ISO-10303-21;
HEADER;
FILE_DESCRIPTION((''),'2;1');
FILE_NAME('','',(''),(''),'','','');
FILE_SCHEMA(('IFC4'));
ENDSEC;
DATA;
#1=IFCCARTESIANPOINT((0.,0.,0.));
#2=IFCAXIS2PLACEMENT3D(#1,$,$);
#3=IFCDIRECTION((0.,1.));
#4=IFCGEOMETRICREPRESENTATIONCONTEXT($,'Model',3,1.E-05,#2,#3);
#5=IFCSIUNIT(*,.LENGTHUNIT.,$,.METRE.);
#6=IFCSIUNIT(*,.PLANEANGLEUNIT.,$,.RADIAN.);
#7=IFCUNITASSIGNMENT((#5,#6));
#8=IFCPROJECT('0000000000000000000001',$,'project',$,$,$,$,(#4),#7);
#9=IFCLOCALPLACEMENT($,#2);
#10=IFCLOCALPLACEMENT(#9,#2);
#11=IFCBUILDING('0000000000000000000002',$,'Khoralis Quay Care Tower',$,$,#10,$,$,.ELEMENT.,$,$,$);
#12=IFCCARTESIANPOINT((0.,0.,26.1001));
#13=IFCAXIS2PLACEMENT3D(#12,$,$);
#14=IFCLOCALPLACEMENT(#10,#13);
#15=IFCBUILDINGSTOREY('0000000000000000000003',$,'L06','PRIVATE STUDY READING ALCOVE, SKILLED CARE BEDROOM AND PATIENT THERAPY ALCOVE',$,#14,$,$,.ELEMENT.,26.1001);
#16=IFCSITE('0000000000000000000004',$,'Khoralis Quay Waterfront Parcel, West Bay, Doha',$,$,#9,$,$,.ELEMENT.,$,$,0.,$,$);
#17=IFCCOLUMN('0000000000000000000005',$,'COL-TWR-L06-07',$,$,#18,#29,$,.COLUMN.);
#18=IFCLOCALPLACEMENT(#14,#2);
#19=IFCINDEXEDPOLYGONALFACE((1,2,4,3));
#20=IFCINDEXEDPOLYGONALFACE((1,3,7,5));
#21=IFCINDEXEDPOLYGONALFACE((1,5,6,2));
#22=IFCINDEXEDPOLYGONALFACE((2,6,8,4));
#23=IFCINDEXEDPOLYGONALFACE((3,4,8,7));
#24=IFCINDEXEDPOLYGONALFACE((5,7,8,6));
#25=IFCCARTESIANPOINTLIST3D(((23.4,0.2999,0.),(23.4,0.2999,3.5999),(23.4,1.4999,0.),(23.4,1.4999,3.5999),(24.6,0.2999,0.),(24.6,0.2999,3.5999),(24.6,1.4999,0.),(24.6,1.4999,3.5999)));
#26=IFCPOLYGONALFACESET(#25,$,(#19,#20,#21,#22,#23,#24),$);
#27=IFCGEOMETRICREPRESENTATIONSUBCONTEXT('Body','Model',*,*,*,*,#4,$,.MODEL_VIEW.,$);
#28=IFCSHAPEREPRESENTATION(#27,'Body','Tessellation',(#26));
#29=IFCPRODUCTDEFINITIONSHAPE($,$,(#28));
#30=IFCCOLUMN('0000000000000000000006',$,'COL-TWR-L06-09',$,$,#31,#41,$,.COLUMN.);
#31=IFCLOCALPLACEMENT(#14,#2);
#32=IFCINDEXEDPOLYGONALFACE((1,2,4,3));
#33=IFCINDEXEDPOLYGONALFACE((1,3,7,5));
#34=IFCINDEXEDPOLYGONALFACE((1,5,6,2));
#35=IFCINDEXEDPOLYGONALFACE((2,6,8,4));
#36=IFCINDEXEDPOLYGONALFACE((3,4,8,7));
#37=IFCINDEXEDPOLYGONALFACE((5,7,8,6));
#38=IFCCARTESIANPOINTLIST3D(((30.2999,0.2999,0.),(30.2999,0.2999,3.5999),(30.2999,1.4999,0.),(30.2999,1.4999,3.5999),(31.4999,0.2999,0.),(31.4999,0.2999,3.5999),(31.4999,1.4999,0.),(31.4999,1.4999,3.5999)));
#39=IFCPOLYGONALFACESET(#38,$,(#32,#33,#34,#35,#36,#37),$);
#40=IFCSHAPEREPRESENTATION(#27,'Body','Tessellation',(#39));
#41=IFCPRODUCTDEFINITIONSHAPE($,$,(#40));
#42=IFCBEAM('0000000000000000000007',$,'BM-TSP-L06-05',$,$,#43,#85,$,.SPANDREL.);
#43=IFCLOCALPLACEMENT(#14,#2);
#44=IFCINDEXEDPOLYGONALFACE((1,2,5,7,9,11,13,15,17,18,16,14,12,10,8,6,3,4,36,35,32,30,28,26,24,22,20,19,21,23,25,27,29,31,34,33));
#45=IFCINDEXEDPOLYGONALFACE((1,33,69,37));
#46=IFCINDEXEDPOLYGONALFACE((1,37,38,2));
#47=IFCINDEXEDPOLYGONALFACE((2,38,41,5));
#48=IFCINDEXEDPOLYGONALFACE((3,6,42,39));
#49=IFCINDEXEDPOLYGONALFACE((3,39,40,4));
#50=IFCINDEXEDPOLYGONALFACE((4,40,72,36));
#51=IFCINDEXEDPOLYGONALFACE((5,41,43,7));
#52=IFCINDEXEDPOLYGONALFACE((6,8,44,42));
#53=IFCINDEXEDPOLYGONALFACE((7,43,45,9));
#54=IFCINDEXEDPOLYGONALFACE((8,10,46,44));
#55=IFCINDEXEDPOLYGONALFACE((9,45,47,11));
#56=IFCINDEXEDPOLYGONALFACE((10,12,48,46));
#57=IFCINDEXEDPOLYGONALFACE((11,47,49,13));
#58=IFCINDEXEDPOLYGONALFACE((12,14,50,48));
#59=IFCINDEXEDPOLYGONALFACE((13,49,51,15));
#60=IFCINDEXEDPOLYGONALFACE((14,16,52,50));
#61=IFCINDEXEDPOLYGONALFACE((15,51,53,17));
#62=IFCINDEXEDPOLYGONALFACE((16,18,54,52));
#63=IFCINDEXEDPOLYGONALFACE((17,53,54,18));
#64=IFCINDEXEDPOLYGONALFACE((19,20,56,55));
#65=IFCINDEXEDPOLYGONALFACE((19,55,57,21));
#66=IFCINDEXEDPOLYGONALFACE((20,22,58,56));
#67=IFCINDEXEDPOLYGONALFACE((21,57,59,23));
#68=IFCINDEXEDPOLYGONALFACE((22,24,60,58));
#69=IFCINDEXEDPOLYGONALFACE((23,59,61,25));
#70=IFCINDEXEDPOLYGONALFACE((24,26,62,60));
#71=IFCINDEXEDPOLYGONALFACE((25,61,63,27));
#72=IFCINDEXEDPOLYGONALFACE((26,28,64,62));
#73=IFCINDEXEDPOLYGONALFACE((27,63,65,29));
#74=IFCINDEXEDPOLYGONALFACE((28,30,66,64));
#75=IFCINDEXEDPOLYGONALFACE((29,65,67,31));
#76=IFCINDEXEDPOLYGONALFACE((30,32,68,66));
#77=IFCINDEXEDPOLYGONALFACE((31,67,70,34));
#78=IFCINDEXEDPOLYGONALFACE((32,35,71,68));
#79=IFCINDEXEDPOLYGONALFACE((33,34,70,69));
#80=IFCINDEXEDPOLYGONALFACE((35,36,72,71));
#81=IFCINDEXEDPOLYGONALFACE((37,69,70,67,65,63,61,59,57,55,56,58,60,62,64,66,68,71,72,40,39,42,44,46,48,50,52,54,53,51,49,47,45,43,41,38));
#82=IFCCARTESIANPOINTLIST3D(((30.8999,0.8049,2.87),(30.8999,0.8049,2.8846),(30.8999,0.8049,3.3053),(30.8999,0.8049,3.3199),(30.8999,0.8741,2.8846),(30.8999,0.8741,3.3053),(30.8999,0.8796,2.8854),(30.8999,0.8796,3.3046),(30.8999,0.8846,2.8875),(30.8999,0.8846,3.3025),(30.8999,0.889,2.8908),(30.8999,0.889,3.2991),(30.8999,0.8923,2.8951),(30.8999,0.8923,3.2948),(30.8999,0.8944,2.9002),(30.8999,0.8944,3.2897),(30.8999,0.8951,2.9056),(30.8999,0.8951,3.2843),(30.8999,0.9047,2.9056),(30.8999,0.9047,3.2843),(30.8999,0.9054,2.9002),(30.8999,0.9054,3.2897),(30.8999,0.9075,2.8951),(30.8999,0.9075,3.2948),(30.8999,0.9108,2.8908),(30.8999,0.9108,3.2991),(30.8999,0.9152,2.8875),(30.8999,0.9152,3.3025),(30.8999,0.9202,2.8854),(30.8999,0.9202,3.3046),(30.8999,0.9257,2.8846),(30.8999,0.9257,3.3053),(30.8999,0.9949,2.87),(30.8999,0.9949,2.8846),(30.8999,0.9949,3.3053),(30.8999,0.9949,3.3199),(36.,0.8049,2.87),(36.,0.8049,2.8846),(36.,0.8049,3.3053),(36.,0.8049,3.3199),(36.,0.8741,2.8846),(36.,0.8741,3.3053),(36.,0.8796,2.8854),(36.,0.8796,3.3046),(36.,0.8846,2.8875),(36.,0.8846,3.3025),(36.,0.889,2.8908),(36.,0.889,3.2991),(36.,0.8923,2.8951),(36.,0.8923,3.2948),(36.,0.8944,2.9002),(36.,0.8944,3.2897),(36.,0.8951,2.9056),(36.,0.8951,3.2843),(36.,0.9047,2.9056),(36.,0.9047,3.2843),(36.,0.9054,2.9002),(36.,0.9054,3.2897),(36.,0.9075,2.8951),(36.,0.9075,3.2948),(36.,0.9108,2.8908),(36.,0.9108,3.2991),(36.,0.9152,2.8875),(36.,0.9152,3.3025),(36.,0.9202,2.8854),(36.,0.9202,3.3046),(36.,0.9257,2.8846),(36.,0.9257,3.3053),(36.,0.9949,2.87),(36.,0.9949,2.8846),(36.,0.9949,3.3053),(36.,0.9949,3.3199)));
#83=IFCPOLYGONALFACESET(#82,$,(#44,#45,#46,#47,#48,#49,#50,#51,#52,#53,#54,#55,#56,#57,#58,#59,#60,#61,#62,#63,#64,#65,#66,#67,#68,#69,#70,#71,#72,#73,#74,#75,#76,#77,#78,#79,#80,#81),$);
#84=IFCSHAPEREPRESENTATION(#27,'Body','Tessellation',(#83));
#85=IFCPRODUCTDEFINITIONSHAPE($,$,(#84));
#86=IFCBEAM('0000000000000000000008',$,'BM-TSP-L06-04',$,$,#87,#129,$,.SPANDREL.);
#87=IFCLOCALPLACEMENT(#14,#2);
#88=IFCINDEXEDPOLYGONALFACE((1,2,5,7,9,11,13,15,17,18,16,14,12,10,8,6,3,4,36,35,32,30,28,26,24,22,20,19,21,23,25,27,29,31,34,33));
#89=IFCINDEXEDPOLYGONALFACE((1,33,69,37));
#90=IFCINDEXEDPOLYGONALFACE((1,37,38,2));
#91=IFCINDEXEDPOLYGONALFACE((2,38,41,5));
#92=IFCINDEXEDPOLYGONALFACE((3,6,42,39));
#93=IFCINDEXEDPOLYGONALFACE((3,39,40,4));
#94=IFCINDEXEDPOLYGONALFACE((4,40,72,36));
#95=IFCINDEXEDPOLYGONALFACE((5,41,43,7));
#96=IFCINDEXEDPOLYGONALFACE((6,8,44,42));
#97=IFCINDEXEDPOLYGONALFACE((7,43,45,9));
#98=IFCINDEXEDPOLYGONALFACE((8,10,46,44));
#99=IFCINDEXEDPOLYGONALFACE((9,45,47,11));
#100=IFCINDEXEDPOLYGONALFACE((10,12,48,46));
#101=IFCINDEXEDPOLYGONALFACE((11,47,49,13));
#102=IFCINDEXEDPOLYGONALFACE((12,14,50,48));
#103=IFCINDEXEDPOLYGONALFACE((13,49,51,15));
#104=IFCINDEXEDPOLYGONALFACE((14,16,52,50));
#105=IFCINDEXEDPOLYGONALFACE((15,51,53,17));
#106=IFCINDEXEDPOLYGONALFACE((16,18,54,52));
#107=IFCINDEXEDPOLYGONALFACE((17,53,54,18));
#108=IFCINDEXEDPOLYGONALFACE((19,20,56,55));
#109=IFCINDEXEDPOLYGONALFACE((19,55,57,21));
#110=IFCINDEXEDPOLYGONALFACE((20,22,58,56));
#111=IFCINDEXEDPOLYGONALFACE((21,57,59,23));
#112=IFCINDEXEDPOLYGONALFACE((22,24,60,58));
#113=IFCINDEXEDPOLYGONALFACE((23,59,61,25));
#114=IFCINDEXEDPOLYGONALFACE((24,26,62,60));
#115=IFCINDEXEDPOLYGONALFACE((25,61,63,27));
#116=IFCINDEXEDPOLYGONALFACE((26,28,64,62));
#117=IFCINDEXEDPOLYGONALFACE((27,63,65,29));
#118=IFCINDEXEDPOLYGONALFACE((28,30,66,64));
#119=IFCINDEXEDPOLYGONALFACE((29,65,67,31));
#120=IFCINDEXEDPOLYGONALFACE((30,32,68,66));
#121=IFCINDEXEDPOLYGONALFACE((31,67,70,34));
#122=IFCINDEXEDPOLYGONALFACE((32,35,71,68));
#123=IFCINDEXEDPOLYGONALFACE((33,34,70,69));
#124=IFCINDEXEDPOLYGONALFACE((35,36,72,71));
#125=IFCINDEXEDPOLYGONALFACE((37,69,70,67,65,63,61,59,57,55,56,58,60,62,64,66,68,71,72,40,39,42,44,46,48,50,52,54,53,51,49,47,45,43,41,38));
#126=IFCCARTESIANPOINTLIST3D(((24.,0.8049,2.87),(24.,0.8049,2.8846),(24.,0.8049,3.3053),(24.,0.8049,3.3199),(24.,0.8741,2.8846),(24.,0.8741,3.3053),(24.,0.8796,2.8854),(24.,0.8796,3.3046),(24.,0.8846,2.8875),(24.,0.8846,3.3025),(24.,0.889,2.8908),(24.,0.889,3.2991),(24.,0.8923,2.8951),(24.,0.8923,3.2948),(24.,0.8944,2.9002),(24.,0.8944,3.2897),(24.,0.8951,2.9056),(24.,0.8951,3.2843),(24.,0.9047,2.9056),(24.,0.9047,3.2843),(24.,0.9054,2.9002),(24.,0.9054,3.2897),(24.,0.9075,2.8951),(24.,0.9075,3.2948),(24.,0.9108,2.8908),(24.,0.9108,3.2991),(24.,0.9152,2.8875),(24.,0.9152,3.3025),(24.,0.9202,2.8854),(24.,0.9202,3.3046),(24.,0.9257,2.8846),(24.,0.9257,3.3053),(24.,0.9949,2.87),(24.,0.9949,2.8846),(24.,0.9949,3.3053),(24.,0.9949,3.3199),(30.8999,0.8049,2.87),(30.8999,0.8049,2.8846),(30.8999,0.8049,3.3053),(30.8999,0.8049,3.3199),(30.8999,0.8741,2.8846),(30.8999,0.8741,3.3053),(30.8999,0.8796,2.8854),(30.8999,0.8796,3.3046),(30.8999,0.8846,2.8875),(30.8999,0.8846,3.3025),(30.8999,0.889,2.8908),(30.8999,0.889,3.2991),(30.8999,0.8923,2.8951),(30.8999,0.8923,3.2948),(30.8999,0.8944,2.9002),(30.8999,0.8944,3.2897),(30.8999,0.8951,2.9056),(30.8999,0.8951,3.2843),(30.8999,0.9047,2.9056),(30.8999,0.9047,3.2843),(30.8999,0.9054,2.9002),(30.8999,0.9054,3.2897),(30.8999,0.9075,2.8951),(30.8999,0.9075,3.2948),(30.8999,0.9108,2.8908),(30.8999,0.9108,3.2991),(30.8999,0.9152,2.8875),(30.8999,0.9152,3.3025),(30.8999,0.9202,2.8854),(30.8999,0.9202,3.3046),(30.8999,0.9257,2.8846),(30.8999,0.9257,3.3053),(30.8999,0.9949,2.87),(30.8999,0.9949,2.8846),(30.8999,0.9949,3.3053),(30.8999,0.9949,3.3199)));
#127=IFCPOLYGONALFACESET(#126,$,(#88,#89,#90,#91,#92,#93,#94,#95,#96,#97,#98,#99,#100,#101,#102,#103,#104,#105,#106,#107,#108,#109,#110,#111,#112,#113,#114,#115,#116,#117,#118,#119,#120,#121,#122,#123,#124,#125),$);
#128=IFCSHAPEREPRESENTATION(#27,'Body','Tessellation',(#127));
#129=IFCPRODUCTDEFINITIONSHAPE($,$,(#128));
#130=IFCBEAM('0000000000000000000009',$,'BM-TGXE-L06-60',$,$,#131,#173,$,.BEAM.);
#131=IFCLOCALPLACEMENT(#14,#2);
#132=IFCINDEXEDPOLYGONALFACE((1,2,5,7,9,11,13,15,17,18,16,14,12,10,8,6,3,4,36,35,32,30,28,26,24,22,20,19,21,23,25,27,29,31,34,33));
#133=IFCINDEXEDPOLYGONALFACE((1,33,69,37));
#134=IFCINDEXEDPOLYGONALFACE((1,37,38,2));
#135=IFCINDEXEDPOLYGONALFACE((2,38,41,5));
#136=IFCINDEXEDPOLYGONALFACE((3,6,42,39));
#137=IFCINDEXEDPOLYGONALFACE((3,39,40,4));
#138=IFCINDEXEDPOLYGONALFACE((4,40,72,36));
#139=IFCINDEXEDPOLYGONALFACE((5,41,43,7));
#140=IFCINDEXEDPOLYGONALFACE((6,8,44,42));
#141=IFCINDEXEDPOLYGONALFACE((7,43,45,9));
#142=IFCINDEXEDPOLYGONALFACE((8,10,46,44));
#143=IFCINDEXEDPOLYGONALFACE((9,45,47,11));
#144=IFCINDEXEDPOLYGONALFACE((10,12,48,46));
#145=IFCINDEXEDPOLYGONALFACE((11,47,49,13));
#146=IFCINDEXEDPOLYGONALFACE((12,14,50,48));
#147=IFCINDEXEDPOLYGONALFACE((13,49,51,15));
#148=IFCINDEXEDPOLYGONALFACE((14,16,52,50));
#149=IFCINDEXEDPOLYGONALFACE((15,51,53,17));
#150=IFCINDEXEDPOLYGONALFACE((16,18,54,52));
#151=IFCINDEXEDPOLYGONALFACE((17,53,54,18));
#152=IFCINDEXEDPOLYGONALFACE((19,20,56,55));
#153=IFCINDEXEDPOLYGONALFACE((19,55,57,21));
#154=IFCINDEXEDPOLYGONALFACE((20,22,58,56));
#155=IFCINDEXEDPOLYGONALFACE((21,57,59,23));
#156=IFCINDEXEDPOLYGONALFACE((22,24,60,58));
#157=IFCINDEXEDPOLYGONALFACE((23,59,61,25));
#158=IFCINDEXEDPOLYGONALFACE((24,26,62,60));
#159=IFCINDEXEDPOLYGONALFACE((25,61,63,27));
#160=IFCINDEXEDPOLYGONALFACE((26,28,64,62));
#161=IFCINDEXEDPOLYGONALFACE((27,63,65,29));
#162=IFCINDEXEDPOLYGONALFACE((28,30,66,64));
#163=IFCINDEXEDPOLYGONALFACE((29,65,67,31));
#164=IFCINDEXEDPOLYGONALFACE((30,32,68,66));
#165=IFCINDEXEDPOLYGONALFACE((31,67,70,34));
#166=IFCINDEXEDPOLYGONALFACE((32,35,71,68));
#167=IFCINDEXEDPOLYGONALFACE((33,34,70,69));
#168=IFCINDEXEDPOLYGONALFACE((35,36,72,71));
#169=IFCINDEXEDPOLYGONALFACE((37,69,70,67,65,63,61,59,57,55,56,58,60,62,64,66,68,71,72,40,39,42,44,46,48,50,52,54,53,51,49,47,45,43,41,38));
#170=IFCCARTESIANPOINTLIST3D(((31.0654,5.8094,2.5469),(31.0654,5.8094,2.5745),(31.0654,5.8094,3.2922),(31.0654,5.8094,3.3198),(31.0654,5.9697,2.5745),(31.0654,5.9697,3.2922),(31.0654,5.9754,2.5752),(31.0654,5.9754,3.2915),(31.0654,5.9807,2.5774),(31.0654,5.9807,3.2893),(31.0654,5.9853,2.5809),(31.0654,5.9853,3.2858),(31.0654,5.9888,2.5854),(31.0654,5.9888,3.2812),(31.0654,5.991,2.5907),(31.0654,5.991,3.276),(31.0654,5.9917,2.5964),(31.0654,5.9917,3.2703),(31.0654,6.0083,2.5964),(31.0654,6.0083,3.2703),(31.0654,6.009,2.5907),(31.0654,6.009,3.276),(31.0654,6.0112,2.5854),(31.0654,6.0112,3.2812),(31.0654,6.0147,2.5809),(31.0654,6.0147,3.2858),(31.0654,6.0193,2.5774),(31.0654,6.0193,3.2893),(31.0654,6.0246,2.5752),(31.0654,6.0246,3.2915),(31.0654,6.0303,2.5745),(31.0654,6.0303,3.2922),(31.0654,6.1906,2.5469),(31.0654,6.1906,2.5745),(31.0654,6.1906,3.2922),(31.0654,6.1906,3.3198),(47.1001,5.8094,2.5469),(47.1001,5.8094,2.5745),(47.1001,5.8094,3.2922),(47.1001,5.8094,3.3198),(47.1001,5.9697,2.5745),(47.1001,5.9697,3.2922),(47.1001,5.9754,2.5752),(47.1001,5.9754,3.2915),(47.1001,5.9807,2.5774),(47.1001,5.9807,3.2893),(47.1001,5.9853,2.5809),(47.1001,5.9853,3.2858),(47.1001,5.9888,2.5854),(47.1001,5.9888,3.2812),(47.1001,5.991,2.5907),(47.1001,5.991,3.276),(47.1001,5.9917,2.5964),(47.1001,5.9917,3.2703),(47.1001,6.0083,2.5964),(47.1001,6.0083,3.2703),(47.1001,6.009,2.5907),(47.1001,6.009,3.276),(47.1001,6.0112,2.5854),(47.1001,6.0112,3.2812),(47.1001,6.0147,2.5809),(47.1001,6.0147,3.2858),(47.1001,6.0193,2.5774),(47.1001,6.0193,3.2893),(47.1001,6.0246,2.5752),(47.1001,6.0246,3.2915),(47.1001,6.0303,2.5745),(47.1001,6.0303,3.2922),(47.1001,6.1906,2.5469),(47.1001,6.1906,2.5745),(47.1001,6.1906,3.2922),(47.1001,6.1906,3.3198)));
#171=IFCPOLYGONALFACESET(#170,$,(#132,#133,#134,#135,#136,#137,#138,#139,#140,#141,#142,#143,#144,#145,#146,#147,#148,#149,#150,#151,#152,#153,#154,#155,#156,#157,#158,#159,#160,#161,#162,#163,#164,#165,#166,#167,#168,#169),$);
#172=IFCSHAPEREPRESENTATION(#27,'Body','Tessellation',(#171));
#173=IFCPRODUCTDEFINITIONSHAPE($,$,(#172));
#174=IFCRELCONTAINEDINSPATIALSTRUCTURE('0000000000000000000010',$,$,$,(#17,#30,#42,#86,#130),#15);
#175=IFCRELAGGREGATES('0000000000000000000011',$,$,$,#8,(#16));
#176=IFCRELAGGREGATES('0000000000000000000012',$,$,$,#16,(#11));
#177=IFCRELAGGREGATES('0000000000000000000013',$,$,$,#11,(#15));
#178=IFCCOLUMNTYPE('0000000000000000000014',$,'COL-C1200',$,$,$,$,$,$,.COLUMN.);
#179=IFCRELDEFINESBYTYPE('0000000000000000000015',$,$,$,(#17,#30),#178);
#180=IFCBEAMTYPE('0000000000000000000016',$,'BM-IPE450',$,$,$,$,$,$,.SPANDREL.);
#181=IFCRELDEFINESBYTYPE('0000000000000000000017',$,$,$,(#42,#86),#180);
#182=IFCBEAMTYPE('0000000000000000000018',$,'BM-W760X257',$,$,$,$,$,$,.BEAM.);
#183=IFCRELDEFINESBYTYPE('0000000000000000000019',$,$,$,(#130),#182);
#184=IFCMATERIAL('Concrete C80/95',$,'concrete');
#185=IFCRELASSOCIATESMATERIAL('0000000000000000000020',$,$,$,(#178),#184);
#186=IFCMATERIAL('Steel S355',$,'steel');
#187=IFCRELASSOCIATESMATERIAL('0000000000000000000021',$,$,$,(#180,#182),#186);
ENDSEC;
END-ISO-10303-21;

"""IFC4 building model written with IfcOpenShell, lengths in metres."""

from ifc_helpers import new_model, si_unit, direction, frame, origin, origin_2d, place, context, subcontext, project, spatial, rectangle, i_section, extrude, source, transform, mapped, material, material_profile, profile_set, type_object, element, save


model = new_model("IFC4")

# Units and contexts
model_context = context("Model", 3, precision=1e-05, world=origin(), true_north=direction((0.0, 1.0)))
body_context = subcontext(model_context, "Body", "Model", "MODEL_VIEW")
ifc_project = project(units=[si_unit("LENGTHUNIT", "METRE"), si_unit("PLANEANGLEUNIT", "RADIAN")], contexts=[model_context])

# Site, building, storey
site_placement = place(None, origin())
site = spatial("IfcSite", under=ifc_project, at=site_placement, Name="Khoralis Quay Waterfront Parcel, West Bay, Doha", CompositionType="ELEMENT", RefElevation=0.0)
building_placement = place(site_placement, origin())
building = spatial("IfcBuilding", under=site, at=building_placement, Name="Khoralis Quay Care Tower", CompositionType="ELEMENT")
storey_placement = place(building_placement, frame((0.0, 0.0, 26.1001)))
storey = spatial("IfcBuildingStorey", under=building, at=storey_placement, Name="L06", Description="PRIVATE STUDY READING ALCOVE, SKILLED CARE BEDROOM AND PATIENT THERAPY ALCOVE", CompositionType="ELEMENT", Elevation=26.1001)

# Columns
ifc_material_1 = material(Name="Concrete C80/95", Category="concrete")
ifc_material_profile_1 = material_profile(ifc_material_1, rectangle(XDim=1.2, YDim=1.2, at=origin_2d()), Name="Concrete C80/95")
ifc_profile_set_1 = profile_set([ifc_material_profile_1], Name="Concrete C80/95")
column_type = type_object("IfcColumnType", Name="COL-C1200", PredefinedType="COLUMN", material=ifc_profile_set_1)
shared_shape_1 = source(origin(), body_context, "Body", "SweptSolid", [
    extrude(rectangle(XDim=1.2, YDim=1.2, at=origin_2d()), origin(), (0.0, 0.0, 1.0), 3.5999),
])
for number, where, z_axis, x_axis, name in (
    (1, (24.0, 0.8999, 0.0), (0.0, 0.0, 1.0), (1.0, 0.0, 0.0), "COL-TWR-L06-07"),
    (2, (30.8999, 0.8999, 0.0), (0.0, 0.0, 1.0), (1.0, 0.0, 0.0), "COL-TWR-L06-09"),
):
    element("IfcColumn", number, at=place(storey_placement, frame(where, z_axis=z_axis, x_axis=x_axis)), inside=storey, type_object=column_type, Name=name, PredefinedType="COLUMN", context=body_context, shape_type="MappedRepresentation", body=[
        mapped(shared_shape_1, transform((0.0, 0.0, 0.0), scale=1.0)),
    ])

# Beams
ifc_material_2 = material(Name="Steel S355", Category="steel")
ifc_material_profile_2 = material_profile(ifc_material_2, i_section(OverallWidth=0.1899, OverallDepth=0.45, WebThickness=0.0095, FlangeThickness=0.0146, FilletRadius=0.021, at=origin_2d()), Name="Steel S355")
ifc_profile_set_2 = profile_set([ifc_material_profile_2], Name="Steel S355")
beam_type_1 = type_object("IfcBeamType", Name="BM-IPE450", PredefinedType="SPANDREL", material=ifc_profile_set_2)
shared_shape_2 = source(origin(), body_context, "Body", "SweptSolid", [
    extrude(i_section(OverallWidth=0.1899, OverallDepth=0.45, WebThickness=0.0095, FlangeThickness=0.0146, FilletRadius=0.021, at=origin_2d()), origin(), (0.0, 0.0, 1.0), 5.1001),
])
beam_1_placement = place(storey_placement, frame((30.8999, 0.8999, 3.095), z_axis=(1.0, 0.0, 0.0), x_axis=(0.0, 1.0, 0.0)))
element("IfcBeam", 3, at=beam_1_placement, inside=storey, type_object=beam_type_1, Name="BM-TSP-L06-05", PredefinedType="SPANDREL", context=body_context, shape_type="MappedRepresentation", body=[
    mapped(shared_shape_2, transform((0.0, 0.0, 0.0), scale=1.0)),
])
shared_shape_3 = source(origin(), body_context, "Body", "SweptSolid", [
    extrude(i_section(OverallWidth=0.1899, OverallDepth=0.45, WebThickness=0.0095, FlangeThickness=0.0146, FilletRadius=0.021, at=origin_2d()), origin(), (0.0, 0.0, 1.0), 6.8999),
])
beam_2_placement = place(storey_placement, frame((24.0, 0.8999, 3.095), z_axis=(1.0, 0.0, 0.0), x_axis=(0.0, 1.0, 0.0)))
element("IfcBeam", 4, at=beam_2_placement, inside=storey, type_object=beam_type_1, Name="BM-TSP-L06-04", PredefinedType="SPANDREL", context=body_context, shape_type="MappedRepresentation", body=[
    mapped(shared_shape_3, transform((0.0, 0.0, 0.0), scale=1.0)),
])
ifc_material_profile_3 = material_profile(ifc_material_2, i_section(OverallWidth=0.3811, OverallDepth=0.7729, WebThickness=0.0166, FlangeThickness=0.0276, FilletRadius=0.022, at=origin_2d()), Name="Steel S355")
ifc_profile_set_3 = profile_set([ifc_material_profile_3], Name="Steel S355")
beam_type_2 = type_object("IfcBeamType", Name="BM-W760X257", PredefinedType="BEAM", material=ifc_profile_set_3)
shared_shape_4 = source(origin(), body_context, "Body", "SweptSolid", [
    extrude(i_section(OverallWidth=0.3811, OverallDepth=0.7729, WebThickness=0.0166, FlangeThickness=0.0276, FilletRadius=0.022, at=origin_2d()), origin(), (0.0, 0.0, 1.0), 16.0347),
])
beam_3_placement = place(storey_placement, frame((31.0654, 6.0, 2.9333), z_axis=(1.0, 0.0, 0.0), x_axis=(0.0, 1.0, 0.0)))
element("IfcBeam", 5, at=beam_3_placement, inside=storey, type_object=beam_type_2, Name="BM-TGXE-L06-60", PredefinedType="BEAM", context=body_context, shape_type="MappedRepresentation", body=[
    mapped(shared_shape_4, transform((0.0, 0.0, 0.0), scale=1.0)),
])

save(model, "model.ifc")
